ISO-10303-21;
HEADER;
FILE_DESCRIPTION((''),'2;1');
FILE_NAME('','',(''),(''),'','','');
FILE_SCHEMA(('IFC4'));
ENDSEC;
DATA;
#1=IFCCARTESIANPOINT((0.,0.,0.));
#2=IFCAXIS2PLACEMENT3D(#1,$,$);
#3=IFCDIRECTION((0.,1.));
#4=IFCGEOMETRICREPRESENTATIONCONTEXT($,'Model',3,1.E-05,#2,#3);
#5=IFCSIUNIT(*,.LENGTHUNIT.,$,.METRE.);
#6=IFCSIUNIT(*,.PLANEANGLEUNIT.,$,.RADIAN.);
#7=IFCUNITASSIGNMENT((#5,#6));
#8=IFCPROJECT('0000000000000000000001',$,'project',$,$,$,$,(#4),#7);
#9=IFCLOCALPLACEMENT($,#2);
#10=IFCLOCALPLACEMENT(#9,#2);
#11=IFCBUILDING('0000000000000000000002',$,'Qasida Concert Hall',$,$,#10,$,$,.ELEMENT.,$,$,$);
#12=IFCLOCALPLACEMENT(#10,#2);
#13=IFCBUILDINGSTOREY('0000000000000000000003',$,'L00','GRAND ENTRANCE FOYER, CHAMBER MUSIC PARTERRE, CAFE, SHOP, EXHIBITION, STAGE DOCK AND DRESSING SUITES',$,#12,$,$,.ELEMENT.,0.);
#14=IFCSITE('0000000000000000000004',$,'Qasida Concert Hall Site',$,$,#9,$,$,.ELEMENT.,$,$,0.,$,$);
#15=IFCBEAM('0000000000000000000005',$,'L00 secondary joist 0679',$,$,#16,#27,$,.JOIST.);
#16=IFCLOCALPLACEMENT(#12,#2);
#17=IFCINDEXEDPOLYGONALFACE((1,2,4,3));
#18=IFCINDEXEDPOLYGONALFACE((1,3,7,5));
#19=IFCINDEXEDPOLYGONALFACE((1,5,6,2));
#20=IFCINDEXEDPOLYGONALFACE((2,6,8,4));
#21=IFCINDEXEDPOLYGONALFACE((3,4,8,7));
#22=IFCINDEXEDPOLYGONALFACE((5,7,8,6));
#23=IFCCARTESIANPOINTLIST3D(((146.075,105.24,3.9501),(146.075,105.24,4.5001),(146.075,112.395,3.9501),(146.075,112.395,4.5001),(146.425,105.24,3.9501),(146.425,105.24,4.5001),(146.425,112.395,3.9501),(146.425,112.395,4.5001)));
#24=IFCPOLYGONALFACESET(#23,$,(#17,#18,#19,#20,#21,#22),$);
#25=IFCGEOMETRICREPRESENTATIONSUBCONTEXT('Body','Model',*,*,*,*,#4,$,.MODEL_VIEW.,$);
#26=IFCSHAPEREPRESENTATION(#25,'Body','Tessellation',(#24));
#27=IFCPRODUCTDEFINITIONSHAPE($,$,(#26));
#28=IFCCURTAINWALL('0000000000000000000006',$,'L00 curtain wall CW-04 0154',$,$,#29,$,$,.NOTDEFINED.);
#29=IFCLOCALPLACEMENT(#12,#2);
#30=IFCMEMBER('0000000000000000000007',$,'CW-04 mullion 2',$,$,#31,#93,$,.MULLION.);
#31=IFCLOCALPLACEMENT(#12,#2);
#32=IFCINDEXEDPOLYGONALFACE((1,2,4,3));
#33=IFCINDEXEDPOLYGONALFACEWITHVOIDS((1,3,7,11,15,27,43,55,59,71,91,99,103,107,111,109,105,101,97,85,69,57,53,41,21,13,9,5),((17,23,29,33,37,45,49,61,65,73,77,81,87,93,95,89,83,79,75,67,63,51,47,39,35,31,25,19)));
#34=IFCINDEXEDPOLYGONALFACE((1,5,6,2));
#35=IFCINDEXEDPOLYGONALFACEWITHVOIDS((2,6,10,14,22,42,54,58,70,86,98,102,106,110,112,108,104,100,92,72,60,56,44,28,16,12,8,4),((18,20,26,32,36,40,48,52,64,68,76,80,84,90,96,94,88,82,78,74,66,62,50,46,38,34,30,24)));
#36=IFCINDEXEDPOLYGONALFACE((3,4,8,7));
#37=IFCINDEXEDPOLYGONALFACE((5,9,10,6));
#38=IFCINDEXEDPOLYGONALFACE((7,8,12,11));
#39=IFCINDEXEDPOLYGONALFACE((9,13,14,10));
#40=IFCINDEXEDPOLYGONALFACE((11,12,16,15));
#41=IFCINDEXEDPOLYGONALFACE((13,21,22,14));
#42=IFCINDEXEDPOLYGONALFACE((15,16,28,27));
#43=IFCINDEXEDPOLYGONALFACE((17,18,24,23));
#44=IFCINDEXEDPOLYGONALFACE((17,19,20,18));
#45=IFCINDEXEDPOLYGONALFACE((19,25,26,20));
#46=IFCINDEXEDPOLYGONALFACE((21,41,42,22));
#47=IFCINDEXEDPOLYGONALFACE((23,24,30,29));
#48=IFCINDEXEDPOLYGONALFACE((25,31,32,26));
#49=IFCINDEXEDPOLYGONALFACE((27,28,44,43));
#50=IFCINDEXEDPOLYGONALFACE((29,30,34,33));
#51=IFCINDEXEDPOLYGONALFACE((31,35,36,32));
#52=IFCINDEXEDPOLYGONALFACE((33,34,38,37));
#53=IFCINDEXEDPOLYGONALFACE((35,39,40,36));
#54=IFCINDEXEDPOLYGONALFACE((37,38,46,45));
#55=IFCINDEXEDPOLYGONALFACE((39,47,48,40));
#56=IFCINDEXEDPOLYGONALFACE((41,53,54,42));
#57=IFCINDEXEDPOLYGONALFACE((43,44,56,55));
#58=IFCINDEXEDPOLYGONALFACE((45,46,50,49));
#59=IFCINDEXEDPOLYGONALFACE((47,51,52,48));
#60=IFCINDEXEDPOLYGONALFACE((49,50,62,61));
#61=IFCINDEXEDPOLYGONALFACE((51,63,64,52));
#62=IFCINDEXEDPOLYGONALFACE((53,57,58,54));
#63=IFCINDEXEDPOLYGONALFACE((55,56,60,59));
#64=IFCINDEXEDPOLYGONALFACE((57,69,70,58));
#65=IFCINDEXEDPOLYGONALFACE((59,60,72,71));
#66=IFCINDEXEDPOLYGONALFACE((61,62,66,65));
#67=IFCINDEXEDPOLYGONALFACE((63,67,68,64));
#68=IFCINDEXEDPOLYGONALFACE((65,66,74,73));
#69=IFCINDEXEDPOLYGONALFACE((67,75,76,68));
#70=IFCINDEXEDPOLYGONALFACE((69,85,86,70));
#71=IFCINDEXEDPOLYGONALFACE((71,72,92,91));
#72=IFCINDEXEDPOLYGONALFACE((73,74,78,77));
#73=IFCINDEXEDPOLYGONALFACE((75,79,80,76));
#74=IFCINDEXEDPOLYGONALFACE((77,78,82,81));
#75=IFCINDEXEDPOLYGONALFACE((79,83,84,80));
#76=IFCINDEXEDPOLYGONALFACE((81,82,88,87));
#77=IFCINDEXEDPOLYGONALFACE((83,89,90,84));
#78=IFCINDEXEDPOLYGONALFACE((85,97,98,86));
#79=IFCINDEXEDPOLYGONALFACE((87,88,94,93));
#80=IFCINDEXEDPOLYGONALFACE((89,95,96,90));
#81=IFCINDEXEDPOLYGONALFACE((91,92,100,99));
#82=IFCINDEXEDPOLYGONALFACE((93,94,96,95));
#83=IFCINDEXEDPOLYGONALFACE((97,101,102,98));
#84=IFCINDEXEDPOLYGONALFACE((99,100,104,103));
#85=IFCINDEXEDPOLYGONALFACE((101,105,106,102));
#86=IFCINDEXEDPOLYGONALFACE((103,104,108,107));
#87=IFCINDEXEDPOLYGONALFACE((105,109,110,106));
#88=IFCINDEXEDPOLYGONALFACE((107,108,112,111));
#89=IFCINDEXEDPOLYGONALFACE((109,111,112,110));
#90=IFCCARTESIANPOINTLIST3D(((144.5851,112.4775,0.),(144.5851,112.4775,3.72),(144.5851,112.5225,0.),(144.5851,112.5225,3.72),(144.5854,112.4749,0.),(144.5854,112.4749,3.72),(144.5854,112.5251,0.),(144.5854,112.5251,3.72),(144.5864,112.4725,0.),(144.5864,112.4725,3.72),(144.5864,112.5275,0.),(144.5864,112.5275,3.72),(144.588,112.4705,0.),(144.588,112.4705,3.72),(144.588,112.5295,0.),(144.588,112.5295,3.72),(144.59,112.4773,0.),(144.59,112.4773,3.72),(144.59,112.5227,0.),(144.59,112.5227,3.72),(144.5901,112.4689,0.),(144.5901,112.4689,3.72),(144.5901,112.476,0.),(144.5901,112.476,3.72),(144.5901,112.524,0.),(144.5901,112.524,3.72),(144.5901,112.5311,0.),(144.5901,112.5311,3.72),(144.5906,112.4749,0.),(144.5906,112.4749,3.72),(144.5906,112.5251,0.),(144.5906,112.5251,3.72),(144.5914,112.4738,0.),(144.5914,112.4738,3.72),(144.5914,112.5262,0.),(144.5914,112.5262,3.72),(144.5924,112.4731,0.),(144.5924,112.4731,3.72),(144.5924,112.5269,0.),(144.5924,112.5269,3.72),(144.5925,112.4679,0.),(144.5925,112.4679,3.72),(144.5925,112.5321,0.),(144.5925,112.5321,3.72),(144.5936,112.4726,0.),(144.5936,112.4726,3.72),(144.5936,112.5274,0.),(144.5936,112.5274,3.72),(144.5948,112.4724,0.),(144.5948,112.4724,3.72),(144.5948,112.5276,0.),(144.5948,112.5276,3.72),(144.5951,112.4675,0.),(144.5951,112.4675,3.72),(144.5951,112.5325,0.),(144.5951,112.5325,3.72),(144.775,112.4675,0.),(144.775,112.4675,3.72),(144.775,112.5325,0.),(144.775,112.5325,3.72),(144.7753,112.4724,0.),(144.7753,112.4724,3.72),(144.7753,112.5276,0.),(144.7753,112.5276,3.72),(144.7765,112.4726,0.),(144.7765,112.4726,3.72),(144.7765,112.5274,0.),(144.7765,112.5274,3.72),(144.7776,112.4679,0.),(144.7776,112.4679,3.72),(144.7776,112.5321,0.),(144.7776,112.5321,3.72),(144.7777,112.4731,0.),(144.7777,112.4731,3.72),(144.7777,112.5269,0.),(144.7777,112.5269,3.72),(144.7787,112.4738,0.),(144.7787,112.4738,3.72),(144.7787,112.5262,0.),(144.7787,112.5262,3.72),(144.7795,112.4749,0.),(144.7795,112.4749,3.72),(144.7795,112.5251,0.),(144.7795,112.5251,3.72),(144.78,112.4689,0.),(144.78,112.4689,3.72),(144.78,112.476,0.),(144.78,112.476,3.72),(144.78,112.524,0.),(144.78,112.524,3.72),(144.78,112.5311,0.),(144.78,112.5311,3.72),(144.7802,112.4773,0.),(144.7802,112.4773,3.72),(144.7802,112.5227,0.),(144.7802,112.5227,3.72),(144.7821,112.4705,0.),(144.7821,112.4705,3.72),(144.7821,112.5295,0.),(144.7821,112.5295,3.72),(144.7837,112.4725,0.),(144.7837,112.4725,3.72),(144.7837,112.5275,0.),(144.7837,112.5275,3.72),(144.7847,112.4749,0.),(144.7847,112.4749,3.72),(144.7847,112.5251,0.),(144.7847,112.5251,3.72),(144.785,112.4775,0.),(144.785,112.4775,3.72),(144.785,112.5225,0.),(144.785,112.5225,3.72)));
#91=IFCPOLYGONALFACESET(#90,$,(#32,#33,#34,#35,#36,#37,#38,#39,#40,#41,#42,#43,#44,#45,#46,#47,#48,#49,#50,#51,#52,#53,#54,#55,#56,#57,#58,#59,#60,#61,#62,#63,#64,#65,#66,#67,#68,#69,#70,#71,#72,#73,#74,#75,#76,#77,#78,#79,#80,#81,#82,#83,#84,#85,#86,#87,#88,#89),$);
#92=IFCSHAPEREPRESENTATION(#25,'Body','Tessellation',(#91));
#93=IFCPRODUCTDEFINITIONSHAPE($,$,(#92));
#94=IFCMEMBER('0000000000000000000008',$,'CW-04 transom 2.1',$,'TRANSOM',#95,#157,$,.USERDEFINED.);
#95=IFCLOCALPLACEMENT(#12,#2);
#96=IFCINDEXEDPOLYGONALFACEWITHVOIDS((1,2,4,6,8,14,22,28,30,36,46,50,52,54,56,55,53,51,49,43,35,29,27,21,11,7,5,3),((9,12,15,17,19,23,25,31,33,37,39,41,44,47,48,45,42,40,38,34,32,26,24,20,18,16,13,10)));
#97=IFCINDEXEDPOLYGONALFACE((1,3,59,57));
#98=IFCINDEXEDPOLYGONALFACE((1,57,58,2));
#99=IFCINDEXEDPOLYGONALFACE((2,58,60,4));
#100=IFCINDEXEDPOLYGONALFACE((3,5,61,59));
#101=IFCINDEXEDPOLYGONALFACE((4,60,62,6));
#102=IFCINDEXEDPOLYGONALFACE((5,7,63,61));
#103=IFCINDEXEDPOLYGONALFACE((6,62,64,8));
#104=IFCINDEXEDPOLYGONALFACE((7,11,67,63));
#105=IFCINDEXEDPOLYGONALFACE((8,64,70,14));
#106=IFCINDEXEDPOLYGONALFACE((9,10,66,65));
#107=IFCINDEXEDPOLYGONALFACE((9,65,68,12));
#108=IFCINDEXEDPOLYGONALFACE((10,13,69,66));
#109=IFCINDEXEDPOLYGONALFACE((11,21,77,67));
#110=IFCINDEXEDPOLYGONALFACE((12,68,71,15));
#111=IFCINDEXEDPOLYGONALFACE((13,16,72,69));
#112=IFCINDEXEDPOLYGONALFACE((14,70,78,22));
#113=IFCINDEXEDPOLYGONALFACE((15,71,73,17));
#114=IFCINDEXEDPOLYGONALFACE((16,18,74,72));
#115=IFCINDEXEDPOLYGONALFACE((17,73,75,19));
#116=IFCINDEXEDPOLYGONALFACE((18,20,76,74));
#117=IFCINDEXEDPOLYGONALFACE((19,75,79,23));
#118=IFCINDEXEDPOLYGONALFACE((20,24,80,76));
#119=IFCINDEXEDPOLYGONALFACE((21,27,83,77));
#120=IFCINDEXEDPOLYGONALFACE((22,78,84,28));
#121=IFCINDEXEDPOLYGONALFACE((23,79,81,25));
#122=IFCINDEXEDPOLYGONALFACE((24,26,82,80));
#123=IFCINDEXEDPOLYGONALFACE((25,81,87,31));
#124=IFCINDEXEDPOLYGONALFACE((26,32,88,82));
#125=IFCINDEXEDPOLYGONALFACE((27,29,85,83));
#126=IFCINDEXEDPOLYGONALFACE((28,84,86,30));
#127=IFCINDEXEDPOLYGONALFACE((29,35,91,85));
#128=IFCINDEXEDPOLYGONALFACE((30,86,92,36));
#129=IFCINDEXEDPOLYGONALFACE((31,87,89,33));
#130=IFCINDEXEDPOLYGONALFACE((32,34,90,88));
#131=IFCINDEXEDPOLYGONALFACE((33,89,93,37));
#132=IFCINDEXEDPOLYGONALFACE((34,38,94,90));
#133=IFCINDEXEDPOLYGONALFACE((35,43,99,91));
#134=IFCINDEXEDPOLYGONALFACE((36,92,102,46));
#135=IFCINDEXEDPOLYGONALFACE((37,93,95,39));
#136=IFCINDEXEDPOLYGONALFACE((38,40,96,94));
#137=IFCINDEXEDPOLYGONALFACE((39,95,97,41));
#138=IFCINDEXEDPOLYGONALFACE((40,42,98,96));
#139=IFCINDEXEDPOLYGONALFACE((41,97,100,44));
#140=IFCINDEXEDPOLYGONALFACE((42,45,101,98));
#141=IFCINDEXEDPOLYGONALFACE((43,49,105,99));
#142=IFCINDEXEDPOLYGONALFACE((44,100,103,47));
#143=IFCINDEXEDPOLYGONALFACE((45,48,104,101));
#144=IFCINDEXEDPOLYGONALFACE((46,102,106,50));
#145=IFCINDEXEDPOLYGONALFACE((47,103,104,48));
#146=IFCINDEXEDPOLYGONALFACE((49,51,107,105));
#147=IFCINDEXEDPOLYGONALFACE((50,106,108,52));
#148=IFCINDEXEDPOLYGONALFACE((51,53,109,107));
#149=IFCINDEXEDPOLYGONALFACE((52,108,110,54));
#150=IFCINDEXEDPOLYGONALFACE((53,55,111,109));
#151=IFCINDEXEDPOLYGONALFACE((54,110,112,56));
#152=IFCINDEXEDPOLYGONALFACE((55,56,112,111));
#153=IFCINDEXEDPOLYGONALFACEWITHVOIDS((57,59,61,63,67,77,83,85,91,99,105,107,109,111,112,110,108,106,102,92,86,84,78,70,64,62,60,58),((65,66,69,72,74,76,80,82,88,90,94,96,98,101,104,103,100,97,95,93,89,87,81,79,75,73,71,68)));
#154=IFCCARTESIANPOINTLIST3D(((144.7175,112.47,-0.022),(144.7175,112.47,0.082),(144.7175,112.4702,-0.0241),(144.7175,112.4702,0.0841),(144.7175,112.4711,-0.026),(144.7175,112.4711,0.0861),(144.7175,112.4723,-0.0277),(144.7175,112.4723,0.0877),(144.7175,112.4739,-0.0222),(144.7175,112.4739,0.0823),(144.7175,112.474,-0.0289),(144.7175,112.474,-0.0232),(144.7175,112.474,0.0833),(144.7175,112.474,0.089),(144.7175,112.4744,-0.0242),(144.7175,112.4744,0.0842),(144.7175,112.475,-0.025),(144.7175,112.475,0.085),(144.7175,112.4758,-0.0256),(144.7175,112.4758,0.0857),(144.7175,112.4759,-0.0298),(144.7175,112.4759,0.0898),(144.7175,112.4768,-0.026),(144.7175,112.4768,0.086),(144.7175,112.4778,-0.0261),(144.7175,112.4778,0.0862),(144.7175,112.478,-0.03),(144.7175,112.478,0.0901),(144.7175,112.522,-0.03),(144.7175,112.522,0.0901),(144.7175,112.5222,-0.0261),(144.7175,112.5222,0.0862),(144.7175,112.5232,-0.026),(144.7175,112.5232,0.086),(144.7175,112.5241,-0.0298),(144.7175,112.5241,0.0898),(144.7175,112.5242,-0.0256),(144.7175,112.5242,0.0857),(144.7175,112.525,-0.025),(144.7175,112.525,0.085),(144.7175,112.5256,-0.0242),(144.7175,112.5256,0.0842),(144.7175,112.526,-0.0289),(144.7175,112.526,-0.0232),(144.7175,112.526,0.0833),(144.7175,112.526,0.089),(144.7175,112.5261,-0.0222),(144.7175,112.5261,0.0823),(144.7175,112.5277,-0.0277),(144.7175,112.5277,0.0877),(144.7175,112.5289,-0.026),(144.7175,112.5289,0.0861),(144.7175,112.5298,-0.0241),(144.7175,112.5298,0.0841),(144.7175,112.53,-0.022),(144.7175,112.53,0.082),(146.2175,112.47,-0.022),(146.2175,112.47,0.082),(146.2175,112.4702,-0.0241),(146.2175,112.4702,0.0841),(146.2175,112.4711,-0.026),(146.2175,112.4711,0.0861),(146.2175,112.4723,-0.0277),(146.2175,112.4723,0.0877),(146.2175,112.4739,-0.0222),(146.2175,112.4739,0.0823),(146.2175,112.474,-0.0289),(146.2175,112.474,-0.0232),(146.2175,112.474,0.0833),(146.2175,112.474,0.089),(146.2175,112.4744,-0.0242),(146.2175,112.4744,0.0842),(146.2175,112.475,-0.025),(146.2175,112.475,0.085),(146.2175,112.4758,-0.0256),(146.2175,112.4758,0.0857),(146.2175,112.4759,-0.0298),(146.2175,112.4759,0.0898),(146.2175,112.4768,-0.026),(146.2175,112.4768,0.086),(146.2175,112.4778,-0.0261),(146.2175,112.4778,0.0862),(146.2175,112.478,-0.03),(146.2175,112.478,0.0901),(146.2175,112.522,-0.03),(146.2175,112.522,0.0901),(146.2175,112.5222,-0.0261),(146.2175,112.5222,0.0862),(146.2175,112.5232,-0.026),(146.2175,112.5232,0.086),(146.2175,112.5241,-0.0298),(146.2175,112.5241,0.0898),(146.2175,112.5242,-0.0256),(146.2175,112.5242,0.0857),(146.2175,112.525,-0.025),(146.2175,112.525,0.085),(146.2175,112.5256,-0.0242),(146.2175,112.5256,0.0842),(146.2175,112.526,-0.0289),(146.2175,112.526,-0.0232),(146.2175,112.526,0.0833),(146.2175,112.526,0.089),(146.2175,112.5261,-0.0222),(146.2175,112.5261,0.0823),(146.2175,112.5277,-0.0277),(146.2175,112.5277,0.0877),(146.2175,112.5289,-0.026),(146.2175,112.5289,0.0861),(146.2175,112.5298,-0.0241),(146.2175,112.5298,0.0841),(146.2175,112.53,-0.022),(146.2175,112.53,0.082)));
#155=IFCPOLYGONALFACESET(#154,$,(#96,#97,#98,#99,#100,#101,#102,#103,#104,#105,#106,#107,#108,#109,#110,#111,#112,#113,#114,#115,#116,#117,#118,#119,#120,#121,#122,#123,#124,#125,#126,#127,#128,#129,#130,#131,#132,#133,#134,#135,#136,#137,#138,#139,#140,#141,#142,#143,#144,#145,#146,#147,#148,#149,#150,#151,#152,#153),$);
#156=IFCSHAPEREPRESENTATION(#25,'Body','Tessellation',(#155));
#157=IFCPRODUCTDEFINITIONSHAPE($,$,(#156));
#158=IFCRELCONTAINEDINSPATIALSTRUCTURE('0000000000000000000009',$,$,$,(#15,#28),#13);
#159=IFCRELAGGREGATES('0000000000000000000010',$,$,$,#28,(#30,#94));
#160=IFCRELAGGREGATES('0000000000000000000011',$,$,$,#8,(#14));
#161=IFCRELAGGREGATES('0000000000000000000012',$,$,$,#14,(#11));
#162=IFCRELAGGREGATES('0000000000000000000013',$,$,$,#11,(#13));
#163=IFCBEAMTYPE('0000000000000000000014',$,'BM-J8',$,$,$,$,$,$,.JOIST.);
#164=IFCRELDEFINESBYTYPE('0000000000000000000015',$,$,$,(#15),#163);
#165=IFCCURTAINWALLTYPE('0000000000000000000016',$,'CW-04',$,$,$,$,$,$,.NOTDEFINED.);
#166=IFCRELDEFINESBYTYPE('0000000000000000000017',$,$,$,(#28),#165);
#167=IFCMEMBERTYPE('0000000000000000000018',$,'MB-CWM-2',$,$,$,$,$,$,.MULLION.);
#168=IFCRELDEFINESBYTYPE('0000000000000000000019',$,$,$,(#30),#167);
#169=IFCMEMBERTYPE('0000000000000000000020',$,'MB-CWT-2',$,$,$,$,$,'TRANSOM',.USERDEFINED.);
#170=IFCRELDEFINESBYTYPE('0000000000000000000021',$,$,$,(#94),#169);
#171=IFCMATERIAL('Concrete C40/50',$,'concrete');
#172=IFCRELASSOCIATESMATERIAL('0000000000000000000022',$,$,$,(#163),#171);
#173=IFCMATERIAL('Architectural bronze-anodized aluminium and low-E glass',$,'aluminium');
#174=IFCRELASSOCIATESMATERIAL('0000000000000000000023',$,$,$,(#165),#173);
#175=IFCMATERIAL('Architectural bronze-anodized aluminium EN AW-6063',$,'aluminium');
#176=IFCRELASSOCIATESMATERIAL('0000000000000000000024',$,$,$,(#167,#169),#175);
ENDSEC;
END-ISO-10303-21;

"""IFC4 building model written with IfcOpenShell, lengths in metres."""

from ifc_helpers import new_model, si_unit, direction, frame, origin, origin_2d, place, context, subcontext, project, spatial, rectangle, hollow_rectangle, extrude, material, material_profile, profile_set, type_object, element, aggregate, save


model = new_model("IFC4")

# Units and contexts
model_context = context("Model", 3, precision=1e-05, world=origin(), true_north=direction((0.0, 1.0)))
body_context = subcontext(model_context, "Body", "Model", "MODEL_VIEW")
ifc_project = project(units=[si_unit("LENGTHUNIT", "METRE"), si_unit("PLANEANGLEUNIT", "RADIAN")], contexts=[model_context])

# Site, building, storey
site_placement = place(None, origin())
site = spatial("IfcSite", under=ifc_project, at=site_placement, Name="Qasida Concert Hall Site", CompositionType="ELEMENT", RefElevation=0.0)
building_placement = place(site_placement, origin())
building = spatial("IfcBuilding", under=site, at=building_placement, Name="Qasida Concert Hall", CompositionType="ELEMENT")
storey_placement = place(building_placement, origin())
storey = spatial("IfcBuildingStorey", under=building, at=storey_placement, Name="L00", Description="GRAND ENTRANCE FOYER, CHAMBER MUSIC PARTERRE, CAFE, SHOP, EXHIBITION, STAGE DOCK AND DRESSING SUITES", CompositionType="ELEMENT", Elevation=0.0)

# Beam
ifc_material_1 = material(Name="Concrete C40/50", Category="concrete")
ifc_material_profile_1 = material_profile(ifc_material_1, rectangle(XDim=0.3501, YDim=0.55, at=origin_2d()), Name="RC 350x550")
ifc_profile_set_1 = profile_set([ifc_material_profile_1], Name="Concrete C40/50")
beam_type_1 = type_object("IfcBeamType", Name="BM-J8", PredefinedType="JOIST", material=ifc_profile_set_1)
beam_1_placement = place(storey_placement, frame((146.25, 105.24, 4.2251), z_axis=(0.0, 1.0, 0.0), x_axis=(-1.0, 0.0, 0.0)))
element("IfcBeam", 1, at=beam_1_placement, inside=storey, type_object=beam_type_1, Name="L00 secondary joist 0679", PredefinedType="JOIST", context=body_context, shape_type="SweptSolid", body=[
    extrude(rectangle(XDim=0.3501, YDim=0.55, at=origin_2d()), origin(), (0.0, 0.0, 1.0), 7.155),
])

# Curtain wall, members
ifc_material_2 = material(Name="Architectural bronze-anodized aluminium and low-E glass", Category="aluminium")
curtain_wall_type = type_object("IfcCurtainWallType", Name="CW-04", PredefinedType="NOTDEFINED", material=ifc_material_2)
curtain_wall_placement = place(storey_placement, origin())
curtain_wall = element("IfcCurtainWall", 2, at=curtain_wall_placement, inside=storey, type_object=curtain_wall_type, Name="L00 curtain wall CW-04 0154", PredefinedType="NOTDEFINED")
ifc_material_3 = material(Name="Architectural bronze-anodized aluminium EN AW-6063", Category="aluminium")
ifc_material_profile_2 = material_profile(ifc_material_3, hollow_rectangle(XDim=0.0649, YDim=0.2, WallThickness=0.0049, InnerFilletRadius=0.0049, OuterFilletRadius=0.01, at=origin_2d()), Name="CWM 200x65x5")
ifc_profile_set_2 = profile_set([ifc_material_profile_2], Name="Architectural bronze-anodized aluminium EN AW-6063")
member_type_1 = type_object("IfcMemberType", Name="MB-CWM-2", PredefinedType="MULLION", material=ifc_profile_set_2)
member_1_placement = place(storey_placement, frame((144.6851, 112.5, 0.0), z_axis=(0.0, 0.0, 1.0), x_axis=(0.0, 1.0, 0.0)))
member_1 = element("IfcMember", 3, at=member_1_placement, type_object=member_type_1, Name="CW-04 mullion 2", PredefinedType="MULLION", context=body_context, shape_type="SweptSolid", body=[
    extrude(hollow_rectangle(XDim=0.0649, YDim=0.2, WallThickness=0.0049, InnerFilletRadius=0.0049, OuterFilletRadius=0.01, at=origin_2d()), origin(), (0.0, 0.0, 1.0), 3.72),
])
ifc_material_profile_3 = material_profile(ifc_material_3, hollow_rectangle(XDim=0.0601, YDim=0.1201, WallThickness=0.0039, InnerFilletRadius=0.0039, OuterFilletRadius=0.0081, at=origin_2d()), Name="CWT 120x60x4")
ifc_profile_set_3 = profile_set([ifc_material_profile_3], Name="Architectural bronze-anodized aluminium EN AW-6063")
member_type_2 = type_object("IfcMemberType", Name="MB-CWT-2", ElementType="TRANSOM", PredefinedType="USERDEFINED", material=ifc_profile_set_3)
member_2_placement = place(storey_placement, frame((144.7175, 112.5, 0.03), z_axis=(1.0, 0.0, 0.0), x_axis=(0.0, 1.0, 0.0)))
member_2 = element("IfcMember", 4, at=member_2_placement, type_object=member_type_2, Name="CW-04 transom 2.1", ObjectType="TRANSOM", PredefinedType="USERDEFINED", context=body_context, shape_type="SweptSolid", body=[
    extrude(hollow_rectangle(XDim=0.0601, YDim=0.1201, WallThickness=0.0039, InnerFilletRadius=0.0039, OuterFilletRadius=0.0081, at=origin_2d()), origin(), (0.0, 0.0, 1.0), 1.5),
])
aggregate(curtain_wall, [member_1, member_2])

save(model, "model.ifc")
